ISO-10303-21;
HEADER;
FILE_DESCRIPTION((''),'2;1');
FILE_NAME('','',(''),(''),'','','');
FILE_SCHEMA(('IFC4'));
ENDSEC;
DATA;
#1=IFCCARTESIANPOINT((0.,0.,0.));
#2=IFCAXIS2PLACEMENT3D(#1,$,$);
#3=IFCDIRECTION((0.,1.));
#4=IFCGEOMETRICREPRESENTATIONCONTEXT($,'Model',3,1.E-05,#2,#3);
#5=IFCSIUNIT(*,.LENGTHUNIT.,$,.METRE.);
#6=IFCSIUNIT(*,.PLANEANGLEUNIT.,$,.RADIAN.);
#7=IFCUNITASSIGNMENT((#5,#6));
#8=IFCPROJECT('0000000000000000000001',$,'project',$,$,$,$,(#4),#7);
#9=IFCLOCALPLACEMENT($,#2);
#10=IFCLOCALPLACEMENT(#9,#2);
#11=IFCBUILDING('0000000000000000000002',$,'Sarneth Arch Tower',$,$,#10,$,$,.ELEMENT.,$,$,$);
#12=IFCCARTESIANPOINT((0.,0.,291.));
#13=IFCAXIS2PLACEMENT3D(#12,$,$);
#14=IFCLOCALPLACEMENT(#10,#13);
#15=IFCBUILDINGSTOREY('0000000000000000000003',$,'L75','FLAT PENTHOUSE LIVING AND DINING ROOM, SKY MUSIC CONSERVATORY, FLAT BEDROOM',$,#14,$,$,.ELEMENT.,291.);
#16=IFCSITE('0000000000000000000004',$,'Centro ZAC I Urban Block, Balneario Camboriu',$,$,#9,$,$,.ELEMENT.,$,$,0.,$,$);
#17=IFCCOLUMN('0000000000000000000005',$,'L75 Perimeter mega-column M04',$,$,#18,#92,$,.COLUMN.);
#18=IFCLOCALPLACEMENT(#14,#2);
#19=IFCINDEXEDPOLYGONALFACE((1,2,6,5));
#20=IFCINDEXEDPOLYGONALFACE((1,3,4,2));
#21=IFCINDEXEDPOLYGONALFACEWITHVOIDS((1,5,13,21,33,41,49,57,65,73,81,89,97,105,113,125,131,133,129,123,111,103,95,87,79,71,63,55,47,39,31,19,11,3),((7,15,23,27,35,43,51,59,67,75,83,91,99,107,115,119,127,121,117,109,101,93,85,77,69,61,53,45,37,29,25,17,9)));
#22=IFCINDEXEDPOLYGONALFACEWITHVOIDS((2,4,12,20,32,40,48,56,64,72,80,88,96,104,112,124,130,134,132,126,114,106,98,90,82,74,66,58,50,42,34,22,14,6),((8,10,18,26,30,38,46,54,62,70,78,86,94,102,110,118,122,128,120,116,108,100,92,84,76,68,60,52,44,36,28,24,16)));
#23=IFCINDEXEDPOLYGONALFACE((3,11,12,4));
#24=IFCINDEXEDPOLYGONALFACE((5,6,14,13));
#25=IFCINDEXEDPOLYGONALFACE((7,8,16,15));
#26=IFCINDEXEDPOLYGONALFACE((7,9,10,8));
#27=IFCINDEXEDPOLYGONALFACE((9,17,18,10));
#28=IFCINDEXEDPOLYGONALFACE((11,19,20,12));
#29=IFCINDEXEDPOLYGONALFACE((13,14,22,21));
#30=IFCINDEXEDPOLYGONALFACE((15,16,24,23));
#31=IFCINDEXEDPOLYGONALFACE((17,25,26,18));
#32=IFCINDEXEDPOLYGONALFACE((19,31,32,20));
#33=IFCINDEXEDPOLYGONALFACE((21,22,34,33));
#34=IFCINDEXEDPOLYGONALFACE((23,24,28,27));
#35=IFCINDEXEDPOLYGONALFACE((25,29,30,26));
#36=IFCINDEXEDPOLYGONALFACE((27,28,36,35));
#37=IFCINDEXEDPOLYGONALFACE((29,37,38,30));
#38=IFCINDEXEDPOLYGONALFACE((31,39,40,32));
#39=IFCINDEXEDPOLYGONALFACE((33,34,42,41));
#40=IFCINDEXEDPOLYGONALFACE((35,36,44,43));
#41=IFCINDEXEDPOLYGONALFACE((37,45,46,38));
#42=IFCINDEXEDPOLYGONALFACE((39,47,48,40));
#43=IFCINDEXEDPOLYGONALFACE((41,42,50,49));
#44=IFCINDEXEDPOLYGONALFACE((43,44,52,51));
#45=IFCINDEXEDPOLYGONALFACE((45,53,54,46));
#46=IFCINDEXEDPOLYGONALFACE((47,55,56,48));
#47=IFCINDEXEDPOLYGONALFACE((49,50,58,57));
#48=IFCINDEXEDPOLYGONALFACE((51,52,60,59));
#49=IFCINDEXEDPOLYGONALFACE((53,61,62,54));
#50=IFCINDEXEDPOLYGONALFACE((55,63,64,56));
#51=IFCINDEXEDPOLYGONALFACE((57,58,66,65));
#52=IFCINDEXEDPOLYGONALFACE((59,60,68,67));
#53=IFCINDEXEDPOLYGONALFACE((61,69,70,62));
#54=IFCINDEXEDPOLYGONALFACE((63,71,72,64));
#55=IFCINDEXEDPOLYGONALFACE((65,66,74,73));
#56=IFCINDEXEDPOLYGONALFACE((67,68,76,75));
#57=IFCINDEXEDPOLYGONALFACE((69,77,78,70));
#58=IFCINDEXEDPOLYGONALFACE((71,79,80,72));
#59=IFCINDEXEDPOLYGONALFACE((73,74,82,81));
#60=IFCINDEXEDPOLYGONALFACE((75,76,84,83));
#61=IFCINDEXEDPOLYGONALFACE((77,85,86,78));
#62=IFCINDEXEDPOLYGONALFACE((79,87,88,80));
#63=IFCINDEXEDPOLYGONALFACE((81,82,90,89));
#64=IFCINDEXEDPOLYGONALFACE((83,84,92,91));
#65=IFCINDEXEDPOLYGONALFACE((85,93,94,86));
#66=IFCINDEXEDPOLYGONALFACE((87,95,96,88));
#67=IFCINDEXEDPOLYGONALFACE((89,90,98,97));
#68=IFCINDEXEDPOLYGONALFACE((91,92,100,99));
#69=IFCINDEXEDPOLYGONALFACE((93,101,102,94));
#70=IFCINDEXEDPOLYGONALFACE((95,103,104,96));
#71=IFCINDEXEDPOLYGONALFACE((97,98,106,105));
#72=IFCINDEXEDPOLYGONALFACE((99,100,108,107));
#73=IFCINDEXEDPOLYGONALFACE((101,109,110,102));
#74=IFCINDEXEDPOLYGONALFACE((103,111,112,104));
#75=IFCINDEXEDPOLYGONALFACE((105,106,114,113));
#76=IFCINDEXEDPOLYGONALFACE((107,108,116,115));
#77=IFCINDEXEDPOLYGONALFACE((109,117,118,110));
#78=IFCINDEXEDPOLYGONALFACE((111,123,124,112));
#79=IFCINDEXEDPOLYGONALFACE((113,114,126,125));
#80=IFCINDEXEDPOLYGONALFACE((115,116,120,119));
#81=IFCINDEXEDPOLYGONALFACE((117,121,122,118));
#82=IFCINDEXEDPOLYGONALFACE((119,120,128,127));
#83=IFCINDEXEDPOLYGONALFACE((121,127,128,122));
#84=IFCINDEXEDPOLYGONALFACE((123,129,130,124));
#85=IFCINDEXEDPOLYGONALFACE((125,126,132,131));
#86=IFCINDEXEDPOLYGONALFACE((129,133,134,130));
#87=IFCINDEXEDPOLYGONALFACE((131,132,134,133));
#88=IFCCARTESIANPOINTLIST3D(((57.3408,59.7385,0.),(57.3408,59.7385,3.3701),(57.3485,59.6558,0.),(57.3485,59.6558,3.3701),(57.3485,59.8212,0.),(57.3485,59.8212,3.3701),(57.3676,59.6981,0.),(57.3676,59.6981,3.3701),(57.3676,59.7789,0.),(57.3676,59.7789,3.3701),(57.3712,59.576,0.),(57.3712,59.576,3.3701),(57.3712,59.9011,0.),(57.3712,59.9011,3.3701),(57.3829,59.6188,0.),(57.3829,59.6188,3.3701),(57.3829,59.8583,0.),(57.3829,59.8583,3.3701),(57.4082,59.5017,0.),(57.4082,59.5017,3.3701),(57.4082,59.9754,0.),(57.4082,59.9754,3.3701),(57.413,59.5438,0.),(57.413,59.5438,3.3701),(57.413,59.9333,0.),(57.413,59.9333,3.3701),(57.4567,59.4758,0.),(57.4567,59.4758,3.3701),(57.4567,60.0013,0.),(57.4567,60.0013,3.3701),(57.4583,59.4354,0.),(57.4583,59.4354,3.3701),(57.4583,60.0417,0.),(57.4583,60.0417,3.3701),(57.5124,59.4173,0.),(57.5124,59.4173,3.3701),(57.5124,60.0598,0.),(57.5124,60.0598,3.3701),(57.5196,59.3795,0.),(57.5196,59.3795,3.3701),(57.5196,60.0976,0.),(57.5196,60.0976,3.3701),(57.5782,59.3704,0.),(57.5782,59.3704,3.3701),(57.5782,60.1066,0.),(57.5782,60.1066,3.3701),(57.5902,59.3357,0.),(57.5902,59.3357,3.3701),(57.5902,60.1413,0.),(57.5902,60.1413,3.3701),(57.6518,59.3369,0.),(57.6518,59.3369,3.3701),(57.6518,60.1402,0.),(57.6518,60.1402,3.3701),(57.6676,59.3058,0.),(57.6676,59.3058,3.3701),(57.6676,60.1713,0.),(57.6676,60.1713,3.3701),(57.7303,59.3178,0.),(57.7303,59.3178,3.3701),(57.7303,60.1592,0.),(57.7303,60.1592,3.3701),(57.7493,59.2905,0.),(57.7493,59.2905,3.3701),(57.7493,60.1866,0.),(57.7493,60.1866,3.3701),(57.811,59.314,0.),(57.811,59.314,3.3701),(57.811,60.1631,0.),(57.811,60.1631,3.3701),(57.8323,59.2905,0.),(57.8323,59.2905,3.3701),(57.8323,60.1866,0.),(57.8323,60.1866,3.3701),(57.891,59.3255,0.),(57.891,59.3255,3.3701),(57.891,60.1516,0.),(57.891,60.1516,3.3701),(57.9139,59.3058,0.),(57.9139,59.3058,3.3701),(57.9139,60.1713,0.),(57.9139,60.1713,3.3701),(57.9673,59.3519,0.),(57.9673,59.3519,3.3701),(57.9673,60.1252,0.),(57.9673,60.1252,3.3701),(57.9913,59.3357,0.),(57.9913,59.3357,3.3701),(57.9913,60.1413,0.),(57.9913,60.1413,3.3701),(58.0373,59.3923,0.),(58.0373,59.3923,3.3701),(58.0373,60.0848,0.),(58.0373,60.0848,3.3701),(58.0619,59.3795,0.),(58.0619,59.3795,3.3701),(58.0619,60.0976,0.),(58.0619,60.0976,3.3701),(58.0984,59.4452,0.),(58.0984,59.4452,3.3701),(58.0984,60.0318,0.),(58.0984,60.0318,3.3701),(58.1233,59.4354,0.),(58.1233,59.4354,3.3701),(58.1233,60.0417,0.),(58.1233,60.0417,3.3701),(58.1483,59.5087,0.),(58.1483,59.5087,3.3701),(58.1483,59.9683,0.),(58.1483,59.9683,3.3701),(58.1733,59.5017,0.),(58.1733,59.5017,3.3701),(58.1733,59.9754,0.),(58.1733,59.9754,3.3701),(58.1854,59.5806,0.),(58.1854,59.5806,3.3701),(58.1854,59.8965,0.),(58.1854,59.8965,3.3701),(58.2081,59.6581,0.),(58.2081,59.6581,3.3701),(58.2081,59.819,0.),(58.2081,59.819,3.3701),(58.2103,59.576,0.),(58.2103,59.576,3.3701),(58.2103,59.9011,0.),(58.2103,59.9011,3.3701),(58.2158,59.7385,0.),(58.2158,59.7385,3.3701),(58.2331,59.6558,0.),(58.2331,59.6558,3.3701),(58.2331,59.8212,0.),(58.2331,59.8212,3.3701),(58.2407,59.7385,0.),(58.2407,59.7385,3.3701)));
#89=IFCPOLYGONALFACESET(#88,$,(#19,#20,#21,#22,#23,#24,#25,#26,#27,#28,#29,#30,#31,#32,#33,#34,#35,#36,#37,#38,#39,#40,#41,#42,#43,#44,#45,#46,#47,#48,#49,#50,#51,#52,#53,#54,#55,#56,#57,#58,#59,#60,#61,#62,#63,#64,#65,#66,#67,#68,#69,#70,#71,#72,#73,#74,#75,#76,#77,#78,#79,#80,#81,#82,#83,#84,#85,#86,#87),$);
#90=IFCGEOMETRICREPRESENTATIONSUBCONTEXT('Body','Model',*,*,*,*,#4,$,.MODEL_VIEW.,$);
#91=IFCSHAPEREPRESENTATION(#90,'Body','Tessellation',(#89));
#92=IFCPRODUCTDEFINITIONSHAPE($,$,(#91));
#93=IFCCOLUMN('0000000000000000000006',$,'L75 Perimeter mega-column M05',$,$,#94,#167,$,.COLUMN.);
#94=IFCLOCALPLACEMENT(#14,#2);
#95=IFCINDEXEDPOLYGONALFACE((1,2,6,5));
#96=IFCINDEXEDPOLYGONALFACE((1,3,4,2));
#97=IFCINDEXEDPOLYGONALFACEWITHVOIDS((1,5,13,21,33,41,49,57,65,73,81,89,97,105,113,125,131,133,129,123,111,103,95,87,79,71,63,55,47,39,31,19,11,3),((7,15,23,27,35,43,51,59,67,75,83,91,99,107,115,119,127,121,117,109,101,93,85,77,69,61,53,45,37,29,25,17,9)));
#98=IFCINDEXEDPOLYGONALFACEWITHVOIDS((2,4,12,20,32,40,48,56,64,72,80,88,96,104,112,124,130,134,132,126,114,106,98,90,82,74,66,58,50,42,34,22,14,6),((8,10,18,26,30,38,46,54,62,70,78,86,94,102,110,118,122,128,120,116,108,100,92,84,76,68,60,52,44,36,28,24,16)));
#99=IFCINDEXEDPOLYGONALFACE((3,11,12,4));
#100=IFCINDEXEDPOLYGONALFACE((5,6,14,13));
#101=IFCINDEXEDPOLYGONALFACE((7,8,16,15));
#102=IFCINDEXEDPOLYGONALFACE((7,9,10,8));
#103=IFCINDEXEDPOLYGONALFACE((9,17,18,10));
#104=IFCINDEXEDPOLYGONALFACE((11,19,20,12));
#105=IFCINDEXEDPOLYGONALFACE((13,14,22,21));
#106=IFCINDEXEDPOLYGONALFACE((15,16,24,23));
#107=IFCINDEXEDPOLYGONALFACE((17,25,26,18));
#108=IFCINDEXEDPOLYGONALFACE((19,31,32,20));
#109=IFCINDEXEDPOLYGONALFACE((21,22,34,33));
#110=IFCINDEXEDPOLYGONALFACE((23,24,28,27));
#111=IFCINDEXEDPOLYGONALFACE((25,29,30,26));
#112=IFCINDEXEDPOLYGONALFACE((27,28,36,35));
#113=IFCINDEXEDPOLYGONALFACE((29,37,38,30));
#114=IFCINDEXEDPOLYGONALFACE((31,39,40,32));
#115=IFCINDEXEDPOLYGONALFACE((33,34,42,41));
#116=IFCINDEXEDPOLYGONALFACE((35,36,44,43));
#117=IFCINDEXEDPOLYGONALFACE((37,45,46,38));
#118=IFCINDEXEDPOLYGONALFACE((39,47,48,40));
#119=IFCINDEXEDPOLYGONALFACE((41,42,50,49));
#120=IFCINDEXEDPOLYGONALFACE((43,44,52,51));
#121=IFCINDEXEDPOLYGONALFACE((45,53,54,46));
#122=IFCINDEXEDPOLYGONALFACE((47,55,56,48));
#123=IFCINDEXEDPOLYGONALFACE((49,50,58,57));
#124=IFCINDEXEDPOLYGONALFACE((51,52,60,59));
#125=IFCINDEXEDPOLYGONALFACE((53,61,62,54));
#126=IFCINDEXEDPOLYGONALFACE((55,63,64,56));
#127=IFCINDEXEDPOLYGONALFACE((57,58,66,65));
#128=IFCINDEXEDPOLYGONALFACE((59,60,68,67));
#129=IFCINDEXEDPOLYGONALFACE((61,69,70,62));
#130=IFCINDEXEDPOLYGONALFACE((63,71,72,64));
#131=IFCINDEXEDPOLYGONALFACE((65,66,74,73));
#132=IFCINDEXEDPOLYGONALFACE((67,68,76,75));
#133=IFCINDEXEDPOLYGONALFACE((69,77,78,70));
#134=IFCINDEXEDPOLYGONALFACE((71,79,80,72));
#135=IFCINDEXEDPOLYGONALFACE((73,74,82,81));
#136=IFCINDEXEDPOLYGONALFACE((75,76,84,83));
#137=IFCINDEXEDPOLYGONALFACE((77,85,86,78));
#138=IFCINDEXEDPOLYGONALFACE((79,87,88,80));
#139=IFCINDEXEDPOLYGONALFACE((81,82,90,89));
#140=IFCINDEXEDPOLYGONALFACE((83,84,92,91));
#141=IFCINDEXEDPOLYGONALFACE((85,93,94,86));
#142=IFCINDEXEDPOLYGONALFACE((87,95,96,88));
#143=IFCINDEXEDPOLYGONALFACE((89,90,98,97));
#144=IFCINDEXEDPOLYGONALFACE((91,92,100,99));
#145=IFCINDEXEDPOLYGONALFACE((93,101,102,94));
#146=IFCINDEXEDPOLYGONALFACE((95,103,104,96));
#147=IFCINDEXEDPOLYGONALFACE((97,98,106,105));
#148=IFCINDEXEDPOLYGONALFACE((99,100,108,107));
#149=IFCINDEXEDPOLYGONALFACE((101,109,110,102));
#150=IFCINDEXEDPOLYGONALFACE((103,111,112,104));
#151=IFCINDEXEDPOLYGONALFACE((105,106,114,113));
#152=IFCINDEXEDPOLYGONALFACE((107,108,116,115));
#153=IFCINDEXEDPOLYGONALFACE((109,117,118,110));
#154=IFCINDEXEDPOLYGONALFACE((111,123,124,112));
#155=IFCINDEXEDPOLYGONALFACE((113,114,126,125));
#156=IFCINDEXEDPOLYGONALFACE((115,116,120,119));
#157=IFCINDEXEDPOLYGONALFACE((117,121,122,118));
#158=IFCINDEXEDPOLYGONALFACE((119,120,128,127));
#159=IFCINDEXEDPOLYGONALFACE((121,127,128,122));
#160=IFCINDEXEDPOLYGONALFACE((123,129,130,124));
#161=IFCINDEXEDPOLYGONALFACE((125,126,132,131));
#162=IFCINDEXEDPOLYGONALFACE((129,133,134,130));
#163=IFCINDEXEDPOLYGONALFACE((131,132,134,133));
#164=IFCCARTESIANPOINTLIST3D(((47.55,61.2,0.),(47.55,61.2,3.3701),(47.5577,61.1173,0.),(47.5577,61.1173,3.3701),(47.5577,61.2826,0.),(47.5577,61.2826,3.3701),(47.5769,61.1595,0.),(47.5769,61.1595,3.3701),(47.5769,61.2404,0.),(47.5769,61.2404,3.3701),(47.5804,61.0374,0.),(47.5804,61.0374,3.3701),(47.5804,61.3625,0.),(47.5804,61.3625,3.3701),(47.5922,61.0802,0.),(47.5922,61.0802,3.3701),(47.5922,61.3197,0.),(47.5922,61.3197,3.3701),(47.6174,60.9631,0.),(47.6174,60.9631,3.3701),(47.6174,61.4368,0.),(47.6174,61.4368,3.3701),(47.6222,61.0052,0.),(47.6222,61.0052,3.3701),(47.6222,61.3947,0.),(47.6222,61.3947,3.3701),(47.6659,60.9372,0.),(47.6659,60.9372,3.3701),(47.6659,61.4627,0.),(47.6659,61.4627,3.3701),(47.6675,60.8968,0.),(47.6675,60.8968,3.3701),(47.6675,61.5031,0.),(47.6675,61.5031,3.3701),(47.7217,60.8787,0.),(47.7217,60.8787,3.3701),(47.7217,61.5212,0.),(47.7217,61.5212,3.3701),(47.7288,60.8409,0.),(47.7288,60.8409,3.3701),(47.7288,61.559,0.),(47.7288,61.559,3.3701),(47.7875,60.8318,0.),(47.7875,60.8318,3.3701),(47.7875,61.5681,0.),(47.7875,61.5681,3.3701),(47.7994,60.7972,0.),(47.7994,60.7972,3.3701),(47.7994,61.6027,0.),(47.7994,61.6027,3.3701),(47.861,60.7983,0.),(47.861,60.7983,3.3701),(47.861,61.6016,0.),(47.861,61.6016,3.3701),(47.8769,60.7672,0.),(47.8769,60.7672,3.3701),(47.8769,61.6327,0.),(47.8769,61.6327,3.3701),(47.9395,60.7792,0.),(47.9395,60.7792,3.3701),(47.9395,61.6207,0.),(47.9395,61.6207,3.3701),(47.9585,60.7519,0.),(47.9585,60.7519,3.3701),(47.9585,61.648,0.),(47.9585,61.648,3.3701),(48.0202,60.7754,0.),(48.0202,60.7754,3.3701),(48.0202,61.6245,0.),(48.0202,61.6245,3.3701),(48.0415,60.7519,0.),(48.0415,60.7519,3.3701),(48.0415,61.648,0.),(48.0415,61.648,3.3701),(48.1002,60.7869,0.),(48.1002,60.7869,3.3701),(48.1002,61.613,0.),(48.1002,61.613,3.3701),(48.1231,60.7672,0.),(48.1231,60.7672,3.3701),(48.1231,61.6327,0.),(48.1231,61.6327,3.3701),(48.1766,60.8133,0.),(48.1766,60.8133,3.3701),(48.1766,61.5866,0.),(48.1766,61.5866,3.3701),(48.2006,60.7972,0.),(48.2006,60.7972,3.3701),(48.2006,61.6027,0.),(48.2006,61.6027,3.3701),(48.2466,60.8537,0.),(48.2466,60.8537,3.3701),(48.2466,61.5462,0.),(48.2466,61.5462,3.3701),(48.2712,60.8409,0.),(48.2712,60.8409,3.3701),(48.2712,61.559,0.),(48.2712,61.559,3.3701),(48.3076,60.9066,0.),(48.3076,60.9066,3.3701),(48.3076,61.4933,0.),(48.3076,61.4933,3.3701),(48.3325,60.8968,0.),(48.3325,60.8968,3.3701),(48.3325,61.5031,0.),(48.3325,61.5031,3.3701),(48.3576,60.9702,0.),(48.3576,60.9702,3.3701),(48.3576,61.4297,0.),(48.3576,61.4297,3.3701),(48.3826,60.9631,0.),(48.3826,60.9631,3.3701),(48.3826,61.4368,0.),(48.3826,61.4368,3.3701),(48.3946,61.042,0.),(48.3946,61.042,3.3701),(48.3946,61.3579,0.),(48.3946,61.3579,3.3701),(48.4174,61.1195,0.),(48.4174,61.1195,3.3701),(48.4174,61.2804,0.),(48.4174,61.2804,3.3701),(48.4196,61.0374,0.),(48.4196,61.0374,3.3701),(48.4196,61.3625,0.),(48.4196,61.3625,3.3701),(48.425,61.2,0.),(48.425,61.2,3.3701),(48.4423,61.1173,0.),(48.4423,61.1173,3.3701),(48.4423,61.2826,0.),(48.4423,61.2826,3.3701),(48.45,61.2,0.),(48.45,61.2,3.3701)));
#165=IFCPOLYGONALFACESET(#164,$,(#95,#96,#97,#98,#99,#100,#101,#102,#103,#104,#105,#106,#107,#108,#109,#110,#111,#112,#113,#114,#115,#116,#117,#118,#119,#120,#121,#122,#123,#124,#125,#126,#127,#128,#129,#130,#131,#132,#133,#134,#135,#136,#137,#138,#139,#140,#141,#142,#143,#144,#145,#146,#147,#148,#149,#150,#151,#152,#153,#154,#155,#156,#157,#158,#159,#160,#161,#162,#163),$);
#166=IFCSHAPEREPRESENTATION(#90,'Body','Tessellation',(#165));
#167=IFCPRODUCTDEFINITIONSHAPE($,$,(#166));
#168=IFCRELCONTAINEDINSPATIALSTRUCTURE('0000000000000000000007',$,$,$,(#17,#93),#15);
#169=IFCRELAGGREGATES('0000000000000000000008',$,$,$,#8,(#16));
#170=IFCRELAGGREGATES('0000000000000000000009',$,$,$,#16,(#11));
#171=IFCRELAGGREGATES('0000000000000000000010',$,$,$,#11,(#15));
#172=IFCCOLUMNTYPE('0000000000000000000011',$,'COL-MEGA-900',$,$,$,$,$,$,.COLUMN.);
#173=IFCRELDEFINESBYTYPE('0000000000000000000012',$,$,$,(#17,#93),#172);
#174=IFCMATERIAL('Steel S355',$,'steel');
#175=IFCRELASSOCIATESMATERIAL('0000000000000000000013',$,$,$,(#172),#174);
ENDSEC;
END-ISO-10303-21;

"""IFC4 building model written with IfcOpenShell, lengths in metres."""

from ifc_helpers import new_model, si_unit, direction, frame, origin, origin_2d, place, context, subcontext, project, spatial, hollow_circle, extrude, material, material_profile, profile_set, type_object, element, save


model = new_model("IFC4")

# Units and contexts
model_context = context("Model", 3, precision=1e-05, world=origin(), true_north=direction((0.0, 1.0)))
body_context = subcontext(model_context, "Body", "Model", "MODEL_VIEW")
ifc_project = project(units=[si_unit("LENGTHUNIT", "METRE"), si_unit("PLANEANGLEUNIT", "RADIAN")], contexts=[model_context])

# Site, building, storey
site_placement = place(None, origin())
site = spatial("IfcSite", under=ifc_project, at=site_placement, Name="Centro ZAC I Urban Block, Balneario Camboriu", CompositionType="ELEMENT", RefElevation=0.0)
building_placement = place(site_placement, origin())
building = spatial("IfcBuilding", under=site, at=building_placement, Name="Sarneth Arch Tower", CompositionType="ELEMENT")
storey_placement = place(building_placement, frame((0.0, 0.0, 291.0)))
storey = spatial("IfcBuildingStorey", under=building, at=storey_placement, Name="L75", Description="FLAT PENTHOUSE LIVING AND DINING ROOM, SKY MUSIC CONSERVATORY, FLAT BEDROOM", CompositionType="ELEMENT", Elevation=291.0)

# Columns
ifc_material_1 = material(Name="Steel S355", Category="steel")
ifc_material_profile_1 = material_profile(ifc_material_1, hollow_circle(Radius=0.45, WallThickness=0.0249, at=origin_2d()), Name="CHS900x25")
ifc_profile_set_1 = profile_set([ifc_material_profile_1], Name="Steel S355")
column_type = type_object("IfcColumnType", Name="COL-MEGA-900", PredefinedType="COLUMN", material=ifc_profile_set_1)
for number, where, z_axis, x_axis, name in (
    (1, (57.7908, 59.7385, 0.0), (0.0, 0.0, 1.0), (1.0, 0.0, 0.0), "L75 Perimeter mega-column M04"),
    (2, (48.0, 61.2, 0.0), (0.0, 0.0, 1.0), (1.0, 0.0, 0.0), "L75 Perimeter mega-column M05"),
):
    element("IfcColumn", number, at=place(storey_placement, frame(where, z_axis=z_axis, x_axis=x_axis)), inside=storey, type_object=column_type, Name=name, PredefinedType="COLUMN", context=body_context, shape_type="SweptSolid", body=[
        extrude(hollow_circle(Radius=0.45, WallThickness=0.0249, at=origin_2d()), origin(), (0.0, 0.0, 1.0), 3.3701),
    ])

save(model, "model.ifc")
